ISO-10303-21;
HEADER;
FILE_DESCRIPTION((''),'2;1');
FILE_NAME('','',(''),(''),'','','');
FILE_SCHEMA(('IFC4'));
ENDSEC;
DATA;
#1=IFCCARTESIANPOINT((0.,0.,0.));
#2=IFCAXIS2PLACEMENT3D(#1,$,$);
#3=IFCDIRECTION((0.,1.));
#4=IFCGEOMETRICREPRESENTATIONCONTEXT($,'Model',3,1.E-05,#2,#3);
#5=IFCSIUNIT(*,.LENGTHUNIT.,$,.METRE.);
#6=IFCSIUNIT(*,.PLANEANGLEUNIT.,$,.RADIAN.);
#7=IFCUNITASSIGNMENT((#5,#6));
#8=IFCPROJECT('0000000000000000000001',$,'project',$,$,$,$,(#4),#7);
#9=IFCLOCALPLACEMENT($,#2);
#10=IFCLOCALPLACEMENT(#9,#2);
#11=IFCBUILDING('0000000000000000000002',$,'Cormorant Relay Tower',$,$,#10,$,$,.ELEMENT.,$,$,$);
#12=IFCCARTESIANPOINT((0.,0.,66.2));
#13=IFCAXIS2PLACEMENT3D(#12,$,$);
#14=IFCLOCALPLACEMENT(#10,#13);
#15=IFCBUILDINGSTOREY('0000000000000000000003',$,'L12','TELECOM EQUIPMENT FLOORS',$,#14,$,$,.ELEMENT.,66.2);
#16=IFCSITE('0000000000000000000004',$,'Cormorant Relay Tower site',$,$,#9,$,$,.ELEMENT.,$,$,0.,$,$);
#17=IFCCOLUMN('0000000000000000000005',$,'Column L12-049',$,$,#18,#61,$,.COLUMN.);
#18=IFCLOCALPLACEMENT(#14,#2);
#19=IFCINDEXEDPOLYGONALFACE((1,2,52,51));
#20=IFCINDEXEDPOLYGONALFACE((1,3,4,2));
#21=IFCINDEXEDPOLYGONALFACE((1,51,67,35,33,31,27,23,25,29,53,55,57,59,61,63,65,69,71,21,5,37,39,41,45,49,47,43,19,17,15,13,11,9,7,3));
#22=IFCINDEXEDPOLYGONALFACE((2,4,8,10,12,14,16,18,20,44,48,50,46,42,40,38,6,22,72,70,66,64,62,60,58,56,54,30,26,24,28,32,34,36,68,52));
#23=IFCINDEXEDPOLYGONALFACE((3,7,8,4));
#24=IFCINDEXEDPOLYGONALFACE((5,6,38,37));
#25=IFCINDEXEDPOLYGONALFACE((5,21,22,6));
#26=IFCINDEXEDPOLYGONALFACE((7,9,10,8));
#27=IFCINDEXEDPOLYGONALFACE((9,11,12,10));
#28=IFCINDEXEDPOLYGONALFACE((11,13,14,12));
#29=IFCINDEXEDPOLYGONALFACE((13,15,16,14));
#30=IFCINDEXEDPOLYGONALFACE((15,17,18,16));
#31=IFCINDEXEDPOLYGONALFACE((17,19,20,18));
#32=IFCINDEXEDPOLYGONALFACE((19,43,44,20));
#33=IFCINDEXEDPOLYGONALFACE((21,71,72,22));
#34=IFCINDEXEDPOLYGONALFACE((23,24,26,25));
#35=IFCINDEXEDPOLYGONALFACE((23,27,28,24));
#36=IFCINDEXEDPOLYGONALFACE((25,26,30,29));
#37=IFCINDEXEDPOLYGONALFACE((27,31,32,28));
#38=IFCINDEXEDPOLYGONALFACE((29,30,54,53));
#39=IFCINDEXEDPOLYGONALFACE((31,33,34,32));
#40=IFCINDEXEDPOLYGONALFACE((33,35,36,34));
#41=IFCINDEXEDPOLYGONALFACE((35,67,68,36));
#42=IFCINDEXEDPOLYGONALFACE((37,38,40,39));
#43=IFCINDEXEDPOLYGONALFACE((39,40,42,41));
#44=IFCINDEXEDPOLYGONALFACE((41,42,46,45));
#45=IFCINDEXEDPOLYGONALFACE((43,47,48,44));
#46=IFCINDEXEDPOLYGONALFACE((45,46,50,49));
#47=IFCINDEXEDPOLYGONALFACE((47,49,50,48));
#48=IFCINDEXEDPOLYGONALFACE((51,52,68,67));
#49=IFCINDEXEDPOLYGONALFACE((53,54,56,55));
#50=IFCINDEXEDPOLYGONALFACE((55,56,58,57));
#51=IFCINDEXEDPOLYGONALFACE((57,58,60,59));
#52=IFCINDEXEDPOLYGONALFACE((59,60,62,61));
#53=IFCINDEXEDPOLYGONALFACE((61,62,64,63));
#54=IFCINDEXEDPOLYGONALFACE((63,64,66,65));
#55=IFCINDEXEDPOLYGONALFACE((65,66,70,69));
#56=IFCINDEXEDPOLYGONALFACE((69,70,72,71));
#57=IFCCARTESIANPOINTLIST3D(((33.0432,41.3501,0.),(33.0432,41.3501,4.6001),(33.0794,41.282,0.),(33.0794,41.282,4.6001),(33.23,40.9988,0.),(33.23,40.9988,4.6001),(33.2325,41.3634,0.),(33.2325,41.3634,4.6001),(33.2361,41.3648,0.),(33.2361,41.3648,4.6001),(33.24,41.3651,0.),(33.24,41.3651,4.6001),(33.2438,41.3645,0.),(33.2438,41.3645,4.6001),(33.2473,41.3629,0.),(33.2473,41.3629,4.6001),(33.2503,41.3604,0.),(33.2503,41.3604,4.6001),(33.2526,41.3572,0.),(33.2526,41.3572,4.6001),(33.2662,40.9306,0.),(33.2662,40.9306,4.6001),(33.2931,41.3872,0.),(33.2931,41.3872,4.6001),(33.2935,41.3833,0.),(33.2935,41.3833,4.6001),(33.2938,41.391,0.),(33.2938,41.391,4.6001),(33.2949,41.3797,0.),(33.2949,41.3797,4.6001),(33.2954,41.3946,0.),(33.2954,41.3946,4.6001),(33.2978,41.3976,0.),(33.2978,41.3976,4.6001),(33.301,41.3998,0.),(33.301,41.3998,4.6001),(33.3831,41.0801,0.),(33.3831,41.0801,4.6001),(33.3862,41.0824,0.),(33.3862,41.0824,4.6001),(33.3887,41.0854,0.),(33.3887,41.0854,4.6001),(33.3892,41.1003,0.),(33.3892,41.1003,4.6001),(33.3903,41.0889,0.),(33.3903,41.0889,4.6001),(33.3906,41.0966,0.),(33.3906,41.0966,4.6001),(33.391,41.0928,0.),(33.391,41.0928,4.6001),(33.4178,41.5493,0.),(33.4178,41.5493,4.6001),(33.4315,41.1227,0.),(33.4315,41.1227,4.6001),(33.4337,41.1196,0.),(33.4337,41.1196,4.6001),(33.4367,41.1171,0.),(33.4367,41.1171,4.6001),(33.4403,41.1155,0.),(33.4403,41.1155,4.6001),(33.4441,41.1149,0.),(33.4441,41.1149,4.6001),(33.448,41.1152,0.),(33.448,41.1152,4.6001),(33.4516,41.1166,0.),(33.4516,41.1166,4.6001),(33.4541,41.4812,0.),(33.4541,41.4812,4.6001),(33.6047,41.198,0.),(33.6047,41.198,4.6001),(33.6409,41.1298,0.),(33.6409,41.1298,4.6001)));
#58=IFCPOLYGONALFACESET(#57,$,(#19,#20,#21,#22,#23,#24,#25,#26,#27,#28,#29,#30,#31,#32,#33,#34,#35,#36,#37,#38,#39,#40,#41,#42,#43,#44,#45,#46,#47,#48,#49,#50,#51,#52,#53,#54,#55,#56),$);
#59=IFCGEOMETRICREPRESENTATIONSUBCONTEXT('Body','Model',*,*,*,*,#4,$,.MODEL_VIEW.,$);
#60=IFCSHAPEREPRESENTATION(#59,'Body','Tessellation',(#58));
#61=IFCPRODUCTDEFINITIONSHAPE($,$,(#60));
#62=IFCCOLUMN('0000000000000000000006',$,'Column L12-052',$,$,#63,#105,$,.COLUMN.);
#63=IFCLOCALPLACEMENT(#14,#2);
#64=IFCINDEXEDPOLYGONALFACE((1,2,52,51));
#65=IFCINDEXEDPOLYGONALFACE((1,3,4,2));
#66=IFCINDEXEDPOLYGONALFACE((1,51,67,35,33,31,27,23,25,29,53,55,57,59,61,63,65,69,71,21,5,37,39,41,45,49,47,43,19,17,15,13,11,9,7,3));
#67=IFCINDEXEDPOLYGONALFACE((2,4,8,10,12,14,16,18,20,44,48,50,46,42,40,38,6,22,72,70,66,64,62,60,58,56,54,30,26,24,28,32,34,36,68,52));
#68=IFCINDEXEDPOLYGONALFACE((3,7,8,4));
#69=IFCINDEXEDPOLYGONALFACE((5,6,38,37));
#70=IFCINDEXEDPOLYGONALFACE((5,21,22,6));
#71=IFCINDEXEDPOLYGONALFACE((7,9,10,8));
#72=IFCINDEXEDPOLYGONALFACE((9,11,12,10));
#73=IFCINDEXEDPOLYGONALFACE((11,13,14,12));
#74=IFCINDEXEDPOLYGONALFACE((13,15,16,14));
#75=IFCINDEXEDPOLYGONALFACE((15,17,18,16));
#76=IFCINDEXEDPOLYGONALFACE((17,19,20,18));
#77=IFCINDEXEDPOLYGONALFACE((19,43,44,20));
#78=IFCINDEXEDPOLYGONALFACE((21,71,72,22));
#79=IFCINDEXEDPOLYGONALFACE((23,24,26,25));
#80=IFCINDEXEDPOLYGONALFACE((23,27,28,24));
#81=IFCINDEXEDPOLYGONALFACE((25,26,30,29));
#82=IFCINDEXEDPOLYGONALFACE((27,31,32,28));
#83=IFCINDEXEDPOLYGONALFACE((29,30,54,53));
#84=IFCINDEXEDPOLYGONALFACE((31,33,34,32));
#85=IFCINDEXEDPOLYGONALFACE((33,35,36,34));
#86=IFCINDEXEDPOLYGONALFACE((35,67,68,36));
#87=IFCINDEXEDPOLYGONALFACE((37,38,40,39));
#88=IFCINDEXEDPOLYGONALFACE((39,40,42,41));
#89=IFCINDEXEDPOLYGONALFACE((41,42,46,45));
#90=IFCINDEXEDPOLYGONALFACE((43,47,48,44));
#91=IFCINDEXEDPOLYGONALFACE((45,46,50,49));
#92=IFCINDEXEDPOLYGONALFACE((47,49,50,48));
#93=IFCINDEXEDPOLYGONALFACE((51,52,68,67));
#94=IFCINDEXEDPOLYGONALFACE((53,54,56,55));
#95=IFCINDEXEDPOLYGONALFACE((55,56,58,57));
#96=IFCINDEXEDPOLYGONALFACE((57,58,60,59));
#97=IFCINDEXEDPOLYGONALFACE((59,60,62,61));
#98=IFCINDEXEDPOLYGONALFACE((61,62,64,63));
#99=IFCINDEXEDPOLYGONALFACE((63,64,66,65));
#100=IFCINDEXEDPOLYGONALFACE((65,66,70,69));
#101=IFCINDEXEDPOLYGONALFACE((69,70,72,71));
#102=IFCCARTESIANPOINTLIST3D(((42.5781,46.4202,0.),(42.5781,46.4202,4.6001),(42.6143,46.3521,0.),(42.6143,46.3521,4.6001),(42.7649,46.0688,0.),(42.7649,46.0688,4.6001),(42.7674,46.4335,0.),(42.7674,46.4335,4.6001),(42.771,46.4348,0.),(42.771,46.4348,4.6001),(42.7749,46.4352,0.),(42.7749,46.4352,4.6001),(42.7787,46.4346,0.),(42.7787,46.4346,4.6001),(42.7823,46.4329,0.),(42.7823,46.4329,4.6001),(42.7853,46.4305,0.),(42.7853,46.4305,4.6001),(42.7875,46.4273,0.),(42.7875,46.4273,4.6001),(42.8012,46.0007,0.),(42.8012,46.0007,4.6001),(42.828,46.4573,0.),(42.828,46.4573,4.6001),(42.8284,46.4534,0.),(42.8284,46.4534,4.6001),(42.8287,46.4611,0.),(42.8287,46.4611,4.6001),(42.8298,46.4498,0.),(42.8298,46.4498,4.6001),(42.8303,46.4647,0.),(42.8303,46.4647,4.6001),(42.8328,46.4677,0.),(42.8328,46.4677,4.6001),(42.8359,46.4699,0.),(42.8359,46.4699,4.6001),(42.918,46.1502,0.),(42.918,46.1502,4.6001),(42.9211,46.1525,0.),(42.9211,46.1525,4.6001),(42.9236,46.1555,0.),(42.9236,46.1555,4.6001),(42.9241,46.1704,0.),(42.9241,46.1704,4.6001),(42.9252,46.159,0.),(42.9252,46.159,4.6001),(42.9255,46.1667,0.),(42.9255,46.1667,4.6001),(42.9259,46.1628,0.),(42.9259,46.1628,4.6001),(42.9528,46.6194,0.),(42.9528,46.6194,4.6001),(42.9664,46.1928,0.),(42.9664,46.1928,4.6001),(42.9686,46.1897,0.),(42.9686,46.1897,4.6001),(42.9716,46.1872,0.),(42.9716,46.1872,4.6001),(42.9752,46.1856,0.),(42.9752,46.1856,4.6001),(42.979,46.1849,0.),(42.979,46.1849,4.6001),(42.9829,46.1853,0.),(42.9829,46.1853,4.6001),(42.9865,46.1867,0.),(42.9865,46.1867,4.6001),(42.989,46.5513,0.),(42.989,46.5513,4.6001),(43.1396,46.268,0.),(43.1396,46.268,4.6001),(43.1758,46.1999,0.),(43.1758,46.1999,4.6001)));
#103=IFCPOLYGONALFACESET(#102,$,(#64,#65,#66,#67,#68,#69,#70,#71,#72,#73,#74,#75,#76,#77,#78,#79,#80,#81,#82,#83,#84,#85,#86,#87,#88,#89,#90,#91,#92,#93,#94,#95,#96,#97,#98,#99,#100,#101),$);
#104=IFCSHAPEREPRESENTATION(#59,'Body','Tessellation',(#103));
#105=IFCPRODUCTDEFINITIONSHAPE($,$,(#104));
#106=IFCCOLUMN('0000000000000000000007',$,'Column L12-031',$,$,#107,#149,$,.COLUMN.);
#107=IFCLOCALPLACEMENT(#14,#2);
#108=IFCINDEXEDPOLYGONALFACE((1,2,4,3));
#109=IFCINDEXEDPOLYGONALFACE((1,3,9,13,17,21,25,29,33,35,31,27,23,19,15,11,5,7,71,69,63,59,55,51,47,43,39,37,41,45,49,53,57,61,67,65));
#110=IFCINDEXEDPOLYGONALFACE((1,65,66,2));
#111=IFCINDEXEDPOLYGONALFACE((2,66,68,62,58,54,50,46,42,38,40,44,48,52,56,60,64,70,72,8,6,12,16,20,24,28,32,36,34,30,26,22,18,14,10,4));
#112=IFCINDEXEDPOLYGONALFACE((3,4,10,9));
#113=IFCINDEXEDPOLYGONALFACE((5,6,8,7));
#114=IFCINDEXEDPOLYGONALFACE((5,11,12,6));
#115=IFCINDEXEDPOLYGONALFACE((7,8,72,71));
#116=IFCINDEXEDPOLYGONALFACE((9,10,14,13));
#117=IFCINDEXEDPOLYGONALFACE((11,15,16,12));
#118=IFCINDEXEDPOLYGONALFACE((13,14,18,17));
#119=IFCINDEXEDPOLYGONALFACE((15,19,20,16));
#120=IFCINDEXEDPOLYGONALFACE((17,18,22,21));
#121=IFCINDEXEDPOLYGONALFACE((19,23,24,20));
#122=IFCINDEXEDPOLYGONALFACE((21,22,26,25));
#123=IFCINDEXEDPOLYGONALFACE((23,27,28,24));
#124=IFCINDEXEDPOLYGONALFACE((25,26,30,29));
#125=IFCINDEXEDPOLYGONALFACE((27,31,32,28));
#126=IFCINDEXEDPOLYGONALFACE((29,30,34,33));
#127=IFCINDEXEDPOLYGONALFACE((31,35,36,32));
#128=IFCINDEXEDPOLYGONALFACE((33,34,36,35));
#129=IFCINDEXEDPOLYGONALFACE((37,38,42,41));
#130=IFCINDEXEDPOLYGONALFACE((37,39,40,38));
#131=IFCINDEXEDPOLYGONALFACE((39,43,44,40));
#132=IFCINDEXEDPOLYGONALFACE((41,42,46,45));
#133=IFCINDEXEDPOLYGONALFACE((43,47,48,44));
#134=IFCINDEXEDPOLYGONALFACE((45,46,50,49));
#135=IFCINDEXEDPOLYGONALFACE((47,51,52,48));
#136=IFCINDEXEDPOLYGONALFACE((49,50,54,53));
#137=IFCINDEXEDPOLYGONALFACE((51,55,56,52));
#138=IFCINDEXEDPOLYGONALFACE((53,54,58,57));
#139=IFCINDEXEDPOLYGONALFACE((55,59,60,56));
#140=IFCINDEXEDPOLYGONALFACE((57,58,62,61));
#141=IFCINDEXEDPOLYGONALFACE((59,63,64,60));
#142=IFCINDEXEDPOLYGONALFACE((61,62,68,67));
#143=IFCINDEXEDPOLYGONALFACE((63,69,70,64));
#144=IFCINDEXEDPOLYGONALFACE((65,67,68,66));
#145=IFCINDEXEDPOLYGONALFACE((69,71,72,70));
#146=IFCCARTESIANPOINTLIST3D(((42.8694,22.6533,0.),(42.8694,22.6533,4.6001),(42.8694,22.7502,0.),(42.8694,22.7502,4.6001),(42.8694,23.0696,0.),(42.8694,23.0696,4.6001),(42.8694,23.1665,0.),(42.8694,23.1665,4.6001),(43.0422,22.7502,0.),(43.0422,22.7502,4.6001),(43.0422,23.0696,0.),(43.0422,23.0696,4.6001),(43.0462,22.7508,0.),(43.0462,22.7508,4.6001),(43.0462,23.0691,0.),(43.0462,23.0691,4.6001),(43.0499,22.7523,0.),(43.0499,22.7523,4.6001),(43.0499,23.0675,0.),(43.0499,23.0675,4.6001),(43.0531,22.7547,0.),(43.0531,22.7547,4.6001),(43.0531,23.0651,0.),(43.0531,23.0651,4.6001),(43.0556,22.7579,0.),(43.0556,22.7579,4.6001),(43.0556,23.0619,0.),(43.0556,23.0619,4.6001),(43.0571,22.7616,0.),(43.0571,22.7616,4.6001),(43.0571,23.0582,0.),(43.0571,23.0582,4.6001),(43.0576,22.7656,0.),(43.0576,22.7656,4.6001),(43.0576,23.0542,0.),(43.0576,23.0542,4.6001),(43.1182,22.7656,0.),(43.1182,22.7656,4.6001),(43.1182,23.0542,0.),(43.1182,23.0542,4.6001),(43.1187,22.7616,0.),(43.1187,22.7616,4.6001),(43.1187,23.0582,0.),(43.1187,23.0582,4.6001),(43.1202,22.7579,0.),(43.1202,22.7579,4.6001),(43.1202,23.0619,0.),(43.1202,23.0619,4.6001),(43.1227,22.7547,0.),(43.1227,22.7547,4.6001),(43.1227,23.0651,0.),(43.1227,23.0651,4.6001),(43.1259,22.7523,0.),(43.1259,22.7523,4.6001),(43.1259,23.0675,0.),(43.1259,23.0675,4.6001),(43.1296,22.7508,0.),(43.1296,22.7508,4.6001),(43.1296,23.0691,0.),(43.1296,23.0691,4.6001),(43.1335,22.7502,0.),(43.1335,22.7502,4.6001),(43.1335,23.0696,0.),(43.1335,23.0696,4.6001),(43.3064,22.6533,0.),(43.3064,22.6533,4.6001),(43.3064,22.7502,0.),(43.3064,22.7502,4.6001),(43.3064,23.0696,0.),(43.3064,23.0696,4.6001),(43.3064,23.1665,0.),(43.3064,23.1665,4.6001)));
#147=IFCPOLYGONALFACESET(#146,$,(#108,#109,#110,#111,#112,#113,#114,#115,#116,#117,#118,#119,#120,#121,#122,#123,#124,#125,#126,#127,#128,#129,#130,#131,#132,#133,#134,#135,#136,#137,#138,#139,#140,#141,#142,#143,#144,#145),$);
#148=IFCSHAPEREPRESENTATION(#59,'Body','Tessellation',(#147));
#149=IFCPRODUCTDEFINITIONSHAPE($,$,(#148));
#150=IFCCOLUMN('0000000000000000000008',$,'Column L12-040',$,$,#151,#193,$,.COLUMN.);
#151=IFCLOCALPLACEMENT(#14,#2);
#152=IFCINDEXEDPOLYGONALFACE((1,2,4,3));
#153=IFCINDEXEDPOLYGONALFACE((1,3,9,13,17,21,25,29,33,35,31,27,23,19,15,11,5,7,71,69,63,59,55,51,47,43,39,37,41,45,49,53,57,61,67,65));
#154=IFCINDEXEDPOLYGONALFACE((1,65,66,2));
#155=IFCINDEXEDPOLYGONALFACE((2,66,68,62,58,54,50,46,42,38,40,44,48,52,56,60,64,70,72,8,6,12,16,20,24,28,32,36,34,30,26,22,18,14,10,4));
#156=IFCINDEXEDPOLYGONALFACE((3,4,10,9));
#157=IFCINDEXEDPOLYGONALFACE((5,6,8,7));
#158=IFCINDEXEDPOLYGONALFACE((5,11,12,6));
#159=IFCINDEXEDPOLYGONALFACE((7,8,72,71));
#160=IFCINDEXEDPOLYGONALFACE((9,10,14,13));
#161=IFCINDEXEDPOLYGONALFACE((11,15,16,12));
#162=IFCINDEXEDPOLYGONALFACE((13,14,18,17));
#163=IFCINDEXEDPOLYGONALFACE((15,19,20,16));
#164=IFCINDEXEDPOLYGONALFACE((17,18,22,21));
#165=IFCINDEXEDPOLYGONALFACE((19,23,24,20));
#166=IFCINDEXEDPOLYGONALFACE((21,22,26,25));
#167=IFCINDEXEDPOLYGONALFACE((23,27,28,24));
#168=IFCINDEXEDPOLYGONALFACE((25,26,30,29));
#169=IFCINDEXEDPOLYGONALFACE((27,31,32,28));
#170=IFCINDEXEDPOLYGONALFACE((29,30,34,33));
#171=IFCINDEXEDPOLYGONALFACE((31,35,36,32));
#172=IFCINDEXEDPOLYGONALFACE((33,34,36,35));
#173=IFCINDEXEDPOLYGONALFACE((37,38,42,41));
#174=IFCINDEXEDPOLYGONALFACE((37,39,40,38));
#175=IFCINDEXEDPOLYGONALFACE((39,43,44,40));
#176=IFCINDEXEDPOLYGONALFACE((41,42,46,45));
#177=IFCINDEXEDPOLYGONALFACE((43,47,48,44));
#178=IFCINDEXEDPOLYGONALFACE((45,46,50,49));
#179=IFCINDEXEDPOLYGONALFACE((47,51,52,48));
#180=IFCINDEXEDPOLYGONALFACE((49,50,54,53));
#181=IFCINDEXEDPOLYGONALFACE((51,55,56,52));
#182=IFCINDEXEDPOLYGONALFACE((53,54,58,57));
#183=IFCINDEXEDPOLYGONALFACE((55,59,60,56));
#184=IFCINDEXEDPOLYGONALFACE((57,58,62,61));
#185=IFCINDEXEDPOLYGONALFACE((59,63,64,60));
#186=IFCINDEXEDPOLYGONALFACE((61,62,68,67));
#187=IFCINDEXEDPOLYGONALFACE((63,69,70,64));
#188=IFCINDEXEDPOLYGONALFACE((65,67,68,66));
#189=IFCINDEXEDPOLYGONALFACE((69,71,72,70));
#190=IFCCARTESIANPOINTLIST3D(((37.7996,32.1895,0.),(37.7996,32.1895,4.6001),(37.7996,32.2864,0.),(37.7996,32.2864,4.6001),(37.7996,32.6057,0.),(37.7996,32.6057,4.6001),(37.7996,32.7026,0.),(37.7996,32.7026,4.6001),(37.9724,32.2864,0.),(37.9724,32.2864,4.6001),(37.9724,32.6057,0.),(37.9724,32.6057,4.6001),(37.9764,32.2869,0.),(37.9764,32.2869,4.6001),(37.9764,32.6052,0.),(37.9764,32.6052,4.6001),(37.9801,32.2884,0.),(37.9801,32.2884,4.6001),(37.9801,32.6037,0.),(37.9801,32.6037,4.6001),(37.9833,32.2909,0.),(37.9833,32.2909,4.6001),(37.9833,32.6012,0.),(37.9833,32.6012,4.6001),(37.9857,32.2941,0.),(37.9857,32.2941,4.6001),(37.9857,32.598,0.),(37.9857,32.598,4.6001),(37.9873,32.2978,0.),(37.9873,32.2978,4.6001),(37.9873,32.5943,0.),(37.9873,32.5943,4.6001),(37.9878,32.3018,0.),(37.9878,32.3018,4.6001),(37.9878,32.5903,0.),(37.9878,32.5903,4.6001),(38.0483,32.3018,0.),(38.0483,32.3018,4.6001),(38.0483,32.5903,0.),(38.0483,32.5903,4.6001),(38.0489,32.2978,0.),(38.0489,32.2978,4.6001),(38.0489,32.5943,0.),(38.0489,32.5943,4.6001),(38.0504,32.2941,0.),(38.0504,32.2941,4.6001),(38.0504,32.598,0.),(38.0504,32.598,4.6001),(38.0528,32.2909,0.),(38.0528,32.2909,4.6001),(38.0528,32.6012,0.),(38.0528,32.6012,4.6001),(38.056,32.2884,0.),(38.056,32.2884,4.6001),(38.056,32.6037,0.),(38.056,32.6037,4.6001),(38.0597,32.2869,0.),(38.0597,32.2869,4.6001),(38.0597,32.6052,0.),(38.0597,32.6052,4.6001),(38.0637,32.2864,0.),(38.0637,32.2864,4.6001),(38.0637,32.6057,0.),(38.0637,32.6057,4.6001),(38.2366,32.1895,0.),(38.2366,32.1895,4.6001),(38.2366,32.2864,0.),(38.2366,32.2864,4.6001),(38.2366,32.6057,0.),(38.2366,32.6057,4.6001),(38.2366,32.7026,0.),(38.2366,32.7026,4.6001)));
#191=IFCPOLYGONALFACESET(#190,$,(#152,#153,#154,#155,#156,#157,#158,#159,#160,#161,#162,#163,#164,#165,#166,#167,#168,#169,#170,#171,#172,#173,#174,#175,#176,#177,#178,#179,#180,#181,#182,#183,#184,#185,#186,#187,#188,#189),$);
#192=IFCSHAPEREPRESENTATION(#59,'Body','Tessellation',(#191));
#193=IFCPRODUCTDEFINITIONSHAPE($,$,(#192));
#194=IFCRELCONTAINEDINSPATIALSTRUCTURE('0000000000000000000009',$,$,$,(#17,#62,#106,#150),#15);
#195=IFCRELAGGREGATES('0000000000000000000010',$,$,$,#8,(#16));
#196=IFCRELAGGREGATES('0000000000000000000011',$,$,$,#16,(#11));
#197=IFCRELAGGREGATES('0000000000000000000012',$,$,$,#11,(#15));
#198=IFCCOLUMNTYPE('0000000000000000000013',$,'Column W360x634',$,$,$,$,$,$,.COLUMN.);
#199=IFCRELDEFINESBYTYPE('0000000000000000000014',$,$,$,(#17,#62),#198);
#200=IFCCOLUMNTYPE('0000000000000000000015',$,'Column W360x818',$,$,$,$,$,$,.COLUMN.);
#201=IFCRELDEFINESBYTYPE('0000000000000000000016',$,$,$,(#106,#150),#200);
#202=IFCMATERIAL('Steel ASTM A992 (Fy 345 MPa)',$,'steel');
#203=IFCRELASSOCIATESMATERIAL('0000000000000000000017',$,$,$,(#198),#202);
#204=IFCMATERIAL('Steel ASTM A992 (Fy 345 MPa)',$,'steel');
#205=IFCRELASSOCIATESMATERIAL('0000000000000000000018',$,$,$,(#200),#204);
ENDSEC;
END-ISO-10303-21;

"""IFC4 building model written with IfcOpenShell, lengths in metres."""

from ifc_helpers import new_model, si_unit, direction, frame, origin, origin_2d, place, context, subcontext, project, spatial, i_section, extrude, material, material_profile, profile_set, type_object, element, save


model = new_model("IFC4")

# Units and contexts
model_context = context("Model", 3, precision=1e-05, world=origin(), true_north=direction((0.0, 1.0)))
body_context = subcontext(model_context, "Body", "Model", "MODEL_VIEW")
ifc_project = project(units=[si_unit("LENGTHUNIT", "METRE"), si_unit("PLANEANGLEUNIT", "RADIAN")], contexts=[model_context])

# Site, building, storey
site_placement = place(None, origin())
site = spatial("IfcSite", under=ifc_project, at=site_placement, Name="Cormorant Relay Tower site", CompositionType="ELEMENT", RefElevation=0.0)
building_placement = place(site_placement, origin())
building = spatial("IfcBuilding", under=site, at=building_placement, Name="Cormorant Relay Tower", CompositionType="ELEMENT")
storey_placement = place(building_placement, frame((0.0, 0.0, 66.2)))
storey = spatial("IfcBuildingStorey", under=building, at=storey_placement, Name="L12", Description="TELECOM EQUIPMENT FLOORS", CompositionType="ELEMENT", Elevation=66.2)

# Columns
ifc_material_1 = material(Name="Steel ASTM A992 (Fy 345 MPa)", Category="steel")
ifc_material_profile_1 = material_profile(ifc_material_1, i_section(OverallWidth=0.4243, OverallDepth=0.4751, WebThickness=0.0479, FlangeThickness=0.0771, FilletRadius=0.0149, at=origin_2d()), Name="W360x634")
ifc_profile_set_1 = profile_set([ifc_material_profile_1], Name="Steel ASTM A992 (Fy 345 MPa)")
column_type_1 = type_object("IfcColumnType", Name="Column W360x634", PredefinedType="COLUMN", material=ifc_profile_set_1)
for number, where, z_axis, x_axis, name in (
    (1, (33.342, 41.24, 0.0), (0.0, 0.0, 1.0), (-0.882948, -0.469472, 0.0), "Column L12-049"),
    (2, (42.877, 46.3101, 0.0), (0.0, 0.0, 1.0), (-0.882948, -0.469472, 0.0), "Column L12-052"),
):
    element("IfcColumn", number, at=place(storey_placement, frame(where, z_axis=z_axis, x_axis=x_axis)), inside=storey, type_object=column_type_1, Name=name, PredefinedType="COLUMN", context=body_context, shape_type="SweptSolid", body=[
        extrude(i_section(OverallWidth=0.4243, OverallDepth=0.4751, WebThickness=0.0479, FlangeThickness=0.0771, FilletRadius=0.0149, at=origin_2d()), origin(), (0.0, 0.0, 1.0), 4.6001),
    ])
ifc_material_2 = material(Name="Steel ASTM A992 (Fy 345 MPa)", Category="steel")
ifc_material_profile_2 = material_profile(ifc_material_2, i_section(OverallWidth=0.437, OverallDepth=0.5132, WebThickness=0.0605, FlangeThickness=0.0969, FilletRadius=0.0154, at=origin_2d()), Name="W360x818")
ifc_profile_set_2 = profile_set([ifc_material_profile_2], Name="Steel ASTM A992 (Fy 345 MPa)")
column_type_2 = type_object("IfcColumnType", Name="Column W360x818", PredefinedType="COLUMN", material=ifc_profile_set_2)
for number, where, z_axis, x_axis, name in (
    (3, (43.0879, 22.9099, 0.0), (0.0, 0.0, 1.0), (1.0, 0.0, 0.0), "Column L12-031"),
    (4, (38.0181, 32.446, 0.0), (0.0, 0.0, 1.0), (1.0, 0.0, 0.0), "Column L12-040"),
):
    element("IfcColumn", number, at=place(storey_placement, frame(where, z_axis=z_axis, x_axis=x_axis)), inside=storey, type_object=column_type_2, Name=name, PredefinedType="COLUMN", context=body_context, shape_type="SweptSolid", body=[
        extrude(i_section(OverallWidth=0.437, OverallDepth=0.5132, WebThickness=0.0605, FlangeThickness=0.0969, FilletRadius=0.0154, at=origin_2d()), origin(), (0.0, 0.0, 1.0), 4.6001),
    ])

save(model, "model.ifc")
